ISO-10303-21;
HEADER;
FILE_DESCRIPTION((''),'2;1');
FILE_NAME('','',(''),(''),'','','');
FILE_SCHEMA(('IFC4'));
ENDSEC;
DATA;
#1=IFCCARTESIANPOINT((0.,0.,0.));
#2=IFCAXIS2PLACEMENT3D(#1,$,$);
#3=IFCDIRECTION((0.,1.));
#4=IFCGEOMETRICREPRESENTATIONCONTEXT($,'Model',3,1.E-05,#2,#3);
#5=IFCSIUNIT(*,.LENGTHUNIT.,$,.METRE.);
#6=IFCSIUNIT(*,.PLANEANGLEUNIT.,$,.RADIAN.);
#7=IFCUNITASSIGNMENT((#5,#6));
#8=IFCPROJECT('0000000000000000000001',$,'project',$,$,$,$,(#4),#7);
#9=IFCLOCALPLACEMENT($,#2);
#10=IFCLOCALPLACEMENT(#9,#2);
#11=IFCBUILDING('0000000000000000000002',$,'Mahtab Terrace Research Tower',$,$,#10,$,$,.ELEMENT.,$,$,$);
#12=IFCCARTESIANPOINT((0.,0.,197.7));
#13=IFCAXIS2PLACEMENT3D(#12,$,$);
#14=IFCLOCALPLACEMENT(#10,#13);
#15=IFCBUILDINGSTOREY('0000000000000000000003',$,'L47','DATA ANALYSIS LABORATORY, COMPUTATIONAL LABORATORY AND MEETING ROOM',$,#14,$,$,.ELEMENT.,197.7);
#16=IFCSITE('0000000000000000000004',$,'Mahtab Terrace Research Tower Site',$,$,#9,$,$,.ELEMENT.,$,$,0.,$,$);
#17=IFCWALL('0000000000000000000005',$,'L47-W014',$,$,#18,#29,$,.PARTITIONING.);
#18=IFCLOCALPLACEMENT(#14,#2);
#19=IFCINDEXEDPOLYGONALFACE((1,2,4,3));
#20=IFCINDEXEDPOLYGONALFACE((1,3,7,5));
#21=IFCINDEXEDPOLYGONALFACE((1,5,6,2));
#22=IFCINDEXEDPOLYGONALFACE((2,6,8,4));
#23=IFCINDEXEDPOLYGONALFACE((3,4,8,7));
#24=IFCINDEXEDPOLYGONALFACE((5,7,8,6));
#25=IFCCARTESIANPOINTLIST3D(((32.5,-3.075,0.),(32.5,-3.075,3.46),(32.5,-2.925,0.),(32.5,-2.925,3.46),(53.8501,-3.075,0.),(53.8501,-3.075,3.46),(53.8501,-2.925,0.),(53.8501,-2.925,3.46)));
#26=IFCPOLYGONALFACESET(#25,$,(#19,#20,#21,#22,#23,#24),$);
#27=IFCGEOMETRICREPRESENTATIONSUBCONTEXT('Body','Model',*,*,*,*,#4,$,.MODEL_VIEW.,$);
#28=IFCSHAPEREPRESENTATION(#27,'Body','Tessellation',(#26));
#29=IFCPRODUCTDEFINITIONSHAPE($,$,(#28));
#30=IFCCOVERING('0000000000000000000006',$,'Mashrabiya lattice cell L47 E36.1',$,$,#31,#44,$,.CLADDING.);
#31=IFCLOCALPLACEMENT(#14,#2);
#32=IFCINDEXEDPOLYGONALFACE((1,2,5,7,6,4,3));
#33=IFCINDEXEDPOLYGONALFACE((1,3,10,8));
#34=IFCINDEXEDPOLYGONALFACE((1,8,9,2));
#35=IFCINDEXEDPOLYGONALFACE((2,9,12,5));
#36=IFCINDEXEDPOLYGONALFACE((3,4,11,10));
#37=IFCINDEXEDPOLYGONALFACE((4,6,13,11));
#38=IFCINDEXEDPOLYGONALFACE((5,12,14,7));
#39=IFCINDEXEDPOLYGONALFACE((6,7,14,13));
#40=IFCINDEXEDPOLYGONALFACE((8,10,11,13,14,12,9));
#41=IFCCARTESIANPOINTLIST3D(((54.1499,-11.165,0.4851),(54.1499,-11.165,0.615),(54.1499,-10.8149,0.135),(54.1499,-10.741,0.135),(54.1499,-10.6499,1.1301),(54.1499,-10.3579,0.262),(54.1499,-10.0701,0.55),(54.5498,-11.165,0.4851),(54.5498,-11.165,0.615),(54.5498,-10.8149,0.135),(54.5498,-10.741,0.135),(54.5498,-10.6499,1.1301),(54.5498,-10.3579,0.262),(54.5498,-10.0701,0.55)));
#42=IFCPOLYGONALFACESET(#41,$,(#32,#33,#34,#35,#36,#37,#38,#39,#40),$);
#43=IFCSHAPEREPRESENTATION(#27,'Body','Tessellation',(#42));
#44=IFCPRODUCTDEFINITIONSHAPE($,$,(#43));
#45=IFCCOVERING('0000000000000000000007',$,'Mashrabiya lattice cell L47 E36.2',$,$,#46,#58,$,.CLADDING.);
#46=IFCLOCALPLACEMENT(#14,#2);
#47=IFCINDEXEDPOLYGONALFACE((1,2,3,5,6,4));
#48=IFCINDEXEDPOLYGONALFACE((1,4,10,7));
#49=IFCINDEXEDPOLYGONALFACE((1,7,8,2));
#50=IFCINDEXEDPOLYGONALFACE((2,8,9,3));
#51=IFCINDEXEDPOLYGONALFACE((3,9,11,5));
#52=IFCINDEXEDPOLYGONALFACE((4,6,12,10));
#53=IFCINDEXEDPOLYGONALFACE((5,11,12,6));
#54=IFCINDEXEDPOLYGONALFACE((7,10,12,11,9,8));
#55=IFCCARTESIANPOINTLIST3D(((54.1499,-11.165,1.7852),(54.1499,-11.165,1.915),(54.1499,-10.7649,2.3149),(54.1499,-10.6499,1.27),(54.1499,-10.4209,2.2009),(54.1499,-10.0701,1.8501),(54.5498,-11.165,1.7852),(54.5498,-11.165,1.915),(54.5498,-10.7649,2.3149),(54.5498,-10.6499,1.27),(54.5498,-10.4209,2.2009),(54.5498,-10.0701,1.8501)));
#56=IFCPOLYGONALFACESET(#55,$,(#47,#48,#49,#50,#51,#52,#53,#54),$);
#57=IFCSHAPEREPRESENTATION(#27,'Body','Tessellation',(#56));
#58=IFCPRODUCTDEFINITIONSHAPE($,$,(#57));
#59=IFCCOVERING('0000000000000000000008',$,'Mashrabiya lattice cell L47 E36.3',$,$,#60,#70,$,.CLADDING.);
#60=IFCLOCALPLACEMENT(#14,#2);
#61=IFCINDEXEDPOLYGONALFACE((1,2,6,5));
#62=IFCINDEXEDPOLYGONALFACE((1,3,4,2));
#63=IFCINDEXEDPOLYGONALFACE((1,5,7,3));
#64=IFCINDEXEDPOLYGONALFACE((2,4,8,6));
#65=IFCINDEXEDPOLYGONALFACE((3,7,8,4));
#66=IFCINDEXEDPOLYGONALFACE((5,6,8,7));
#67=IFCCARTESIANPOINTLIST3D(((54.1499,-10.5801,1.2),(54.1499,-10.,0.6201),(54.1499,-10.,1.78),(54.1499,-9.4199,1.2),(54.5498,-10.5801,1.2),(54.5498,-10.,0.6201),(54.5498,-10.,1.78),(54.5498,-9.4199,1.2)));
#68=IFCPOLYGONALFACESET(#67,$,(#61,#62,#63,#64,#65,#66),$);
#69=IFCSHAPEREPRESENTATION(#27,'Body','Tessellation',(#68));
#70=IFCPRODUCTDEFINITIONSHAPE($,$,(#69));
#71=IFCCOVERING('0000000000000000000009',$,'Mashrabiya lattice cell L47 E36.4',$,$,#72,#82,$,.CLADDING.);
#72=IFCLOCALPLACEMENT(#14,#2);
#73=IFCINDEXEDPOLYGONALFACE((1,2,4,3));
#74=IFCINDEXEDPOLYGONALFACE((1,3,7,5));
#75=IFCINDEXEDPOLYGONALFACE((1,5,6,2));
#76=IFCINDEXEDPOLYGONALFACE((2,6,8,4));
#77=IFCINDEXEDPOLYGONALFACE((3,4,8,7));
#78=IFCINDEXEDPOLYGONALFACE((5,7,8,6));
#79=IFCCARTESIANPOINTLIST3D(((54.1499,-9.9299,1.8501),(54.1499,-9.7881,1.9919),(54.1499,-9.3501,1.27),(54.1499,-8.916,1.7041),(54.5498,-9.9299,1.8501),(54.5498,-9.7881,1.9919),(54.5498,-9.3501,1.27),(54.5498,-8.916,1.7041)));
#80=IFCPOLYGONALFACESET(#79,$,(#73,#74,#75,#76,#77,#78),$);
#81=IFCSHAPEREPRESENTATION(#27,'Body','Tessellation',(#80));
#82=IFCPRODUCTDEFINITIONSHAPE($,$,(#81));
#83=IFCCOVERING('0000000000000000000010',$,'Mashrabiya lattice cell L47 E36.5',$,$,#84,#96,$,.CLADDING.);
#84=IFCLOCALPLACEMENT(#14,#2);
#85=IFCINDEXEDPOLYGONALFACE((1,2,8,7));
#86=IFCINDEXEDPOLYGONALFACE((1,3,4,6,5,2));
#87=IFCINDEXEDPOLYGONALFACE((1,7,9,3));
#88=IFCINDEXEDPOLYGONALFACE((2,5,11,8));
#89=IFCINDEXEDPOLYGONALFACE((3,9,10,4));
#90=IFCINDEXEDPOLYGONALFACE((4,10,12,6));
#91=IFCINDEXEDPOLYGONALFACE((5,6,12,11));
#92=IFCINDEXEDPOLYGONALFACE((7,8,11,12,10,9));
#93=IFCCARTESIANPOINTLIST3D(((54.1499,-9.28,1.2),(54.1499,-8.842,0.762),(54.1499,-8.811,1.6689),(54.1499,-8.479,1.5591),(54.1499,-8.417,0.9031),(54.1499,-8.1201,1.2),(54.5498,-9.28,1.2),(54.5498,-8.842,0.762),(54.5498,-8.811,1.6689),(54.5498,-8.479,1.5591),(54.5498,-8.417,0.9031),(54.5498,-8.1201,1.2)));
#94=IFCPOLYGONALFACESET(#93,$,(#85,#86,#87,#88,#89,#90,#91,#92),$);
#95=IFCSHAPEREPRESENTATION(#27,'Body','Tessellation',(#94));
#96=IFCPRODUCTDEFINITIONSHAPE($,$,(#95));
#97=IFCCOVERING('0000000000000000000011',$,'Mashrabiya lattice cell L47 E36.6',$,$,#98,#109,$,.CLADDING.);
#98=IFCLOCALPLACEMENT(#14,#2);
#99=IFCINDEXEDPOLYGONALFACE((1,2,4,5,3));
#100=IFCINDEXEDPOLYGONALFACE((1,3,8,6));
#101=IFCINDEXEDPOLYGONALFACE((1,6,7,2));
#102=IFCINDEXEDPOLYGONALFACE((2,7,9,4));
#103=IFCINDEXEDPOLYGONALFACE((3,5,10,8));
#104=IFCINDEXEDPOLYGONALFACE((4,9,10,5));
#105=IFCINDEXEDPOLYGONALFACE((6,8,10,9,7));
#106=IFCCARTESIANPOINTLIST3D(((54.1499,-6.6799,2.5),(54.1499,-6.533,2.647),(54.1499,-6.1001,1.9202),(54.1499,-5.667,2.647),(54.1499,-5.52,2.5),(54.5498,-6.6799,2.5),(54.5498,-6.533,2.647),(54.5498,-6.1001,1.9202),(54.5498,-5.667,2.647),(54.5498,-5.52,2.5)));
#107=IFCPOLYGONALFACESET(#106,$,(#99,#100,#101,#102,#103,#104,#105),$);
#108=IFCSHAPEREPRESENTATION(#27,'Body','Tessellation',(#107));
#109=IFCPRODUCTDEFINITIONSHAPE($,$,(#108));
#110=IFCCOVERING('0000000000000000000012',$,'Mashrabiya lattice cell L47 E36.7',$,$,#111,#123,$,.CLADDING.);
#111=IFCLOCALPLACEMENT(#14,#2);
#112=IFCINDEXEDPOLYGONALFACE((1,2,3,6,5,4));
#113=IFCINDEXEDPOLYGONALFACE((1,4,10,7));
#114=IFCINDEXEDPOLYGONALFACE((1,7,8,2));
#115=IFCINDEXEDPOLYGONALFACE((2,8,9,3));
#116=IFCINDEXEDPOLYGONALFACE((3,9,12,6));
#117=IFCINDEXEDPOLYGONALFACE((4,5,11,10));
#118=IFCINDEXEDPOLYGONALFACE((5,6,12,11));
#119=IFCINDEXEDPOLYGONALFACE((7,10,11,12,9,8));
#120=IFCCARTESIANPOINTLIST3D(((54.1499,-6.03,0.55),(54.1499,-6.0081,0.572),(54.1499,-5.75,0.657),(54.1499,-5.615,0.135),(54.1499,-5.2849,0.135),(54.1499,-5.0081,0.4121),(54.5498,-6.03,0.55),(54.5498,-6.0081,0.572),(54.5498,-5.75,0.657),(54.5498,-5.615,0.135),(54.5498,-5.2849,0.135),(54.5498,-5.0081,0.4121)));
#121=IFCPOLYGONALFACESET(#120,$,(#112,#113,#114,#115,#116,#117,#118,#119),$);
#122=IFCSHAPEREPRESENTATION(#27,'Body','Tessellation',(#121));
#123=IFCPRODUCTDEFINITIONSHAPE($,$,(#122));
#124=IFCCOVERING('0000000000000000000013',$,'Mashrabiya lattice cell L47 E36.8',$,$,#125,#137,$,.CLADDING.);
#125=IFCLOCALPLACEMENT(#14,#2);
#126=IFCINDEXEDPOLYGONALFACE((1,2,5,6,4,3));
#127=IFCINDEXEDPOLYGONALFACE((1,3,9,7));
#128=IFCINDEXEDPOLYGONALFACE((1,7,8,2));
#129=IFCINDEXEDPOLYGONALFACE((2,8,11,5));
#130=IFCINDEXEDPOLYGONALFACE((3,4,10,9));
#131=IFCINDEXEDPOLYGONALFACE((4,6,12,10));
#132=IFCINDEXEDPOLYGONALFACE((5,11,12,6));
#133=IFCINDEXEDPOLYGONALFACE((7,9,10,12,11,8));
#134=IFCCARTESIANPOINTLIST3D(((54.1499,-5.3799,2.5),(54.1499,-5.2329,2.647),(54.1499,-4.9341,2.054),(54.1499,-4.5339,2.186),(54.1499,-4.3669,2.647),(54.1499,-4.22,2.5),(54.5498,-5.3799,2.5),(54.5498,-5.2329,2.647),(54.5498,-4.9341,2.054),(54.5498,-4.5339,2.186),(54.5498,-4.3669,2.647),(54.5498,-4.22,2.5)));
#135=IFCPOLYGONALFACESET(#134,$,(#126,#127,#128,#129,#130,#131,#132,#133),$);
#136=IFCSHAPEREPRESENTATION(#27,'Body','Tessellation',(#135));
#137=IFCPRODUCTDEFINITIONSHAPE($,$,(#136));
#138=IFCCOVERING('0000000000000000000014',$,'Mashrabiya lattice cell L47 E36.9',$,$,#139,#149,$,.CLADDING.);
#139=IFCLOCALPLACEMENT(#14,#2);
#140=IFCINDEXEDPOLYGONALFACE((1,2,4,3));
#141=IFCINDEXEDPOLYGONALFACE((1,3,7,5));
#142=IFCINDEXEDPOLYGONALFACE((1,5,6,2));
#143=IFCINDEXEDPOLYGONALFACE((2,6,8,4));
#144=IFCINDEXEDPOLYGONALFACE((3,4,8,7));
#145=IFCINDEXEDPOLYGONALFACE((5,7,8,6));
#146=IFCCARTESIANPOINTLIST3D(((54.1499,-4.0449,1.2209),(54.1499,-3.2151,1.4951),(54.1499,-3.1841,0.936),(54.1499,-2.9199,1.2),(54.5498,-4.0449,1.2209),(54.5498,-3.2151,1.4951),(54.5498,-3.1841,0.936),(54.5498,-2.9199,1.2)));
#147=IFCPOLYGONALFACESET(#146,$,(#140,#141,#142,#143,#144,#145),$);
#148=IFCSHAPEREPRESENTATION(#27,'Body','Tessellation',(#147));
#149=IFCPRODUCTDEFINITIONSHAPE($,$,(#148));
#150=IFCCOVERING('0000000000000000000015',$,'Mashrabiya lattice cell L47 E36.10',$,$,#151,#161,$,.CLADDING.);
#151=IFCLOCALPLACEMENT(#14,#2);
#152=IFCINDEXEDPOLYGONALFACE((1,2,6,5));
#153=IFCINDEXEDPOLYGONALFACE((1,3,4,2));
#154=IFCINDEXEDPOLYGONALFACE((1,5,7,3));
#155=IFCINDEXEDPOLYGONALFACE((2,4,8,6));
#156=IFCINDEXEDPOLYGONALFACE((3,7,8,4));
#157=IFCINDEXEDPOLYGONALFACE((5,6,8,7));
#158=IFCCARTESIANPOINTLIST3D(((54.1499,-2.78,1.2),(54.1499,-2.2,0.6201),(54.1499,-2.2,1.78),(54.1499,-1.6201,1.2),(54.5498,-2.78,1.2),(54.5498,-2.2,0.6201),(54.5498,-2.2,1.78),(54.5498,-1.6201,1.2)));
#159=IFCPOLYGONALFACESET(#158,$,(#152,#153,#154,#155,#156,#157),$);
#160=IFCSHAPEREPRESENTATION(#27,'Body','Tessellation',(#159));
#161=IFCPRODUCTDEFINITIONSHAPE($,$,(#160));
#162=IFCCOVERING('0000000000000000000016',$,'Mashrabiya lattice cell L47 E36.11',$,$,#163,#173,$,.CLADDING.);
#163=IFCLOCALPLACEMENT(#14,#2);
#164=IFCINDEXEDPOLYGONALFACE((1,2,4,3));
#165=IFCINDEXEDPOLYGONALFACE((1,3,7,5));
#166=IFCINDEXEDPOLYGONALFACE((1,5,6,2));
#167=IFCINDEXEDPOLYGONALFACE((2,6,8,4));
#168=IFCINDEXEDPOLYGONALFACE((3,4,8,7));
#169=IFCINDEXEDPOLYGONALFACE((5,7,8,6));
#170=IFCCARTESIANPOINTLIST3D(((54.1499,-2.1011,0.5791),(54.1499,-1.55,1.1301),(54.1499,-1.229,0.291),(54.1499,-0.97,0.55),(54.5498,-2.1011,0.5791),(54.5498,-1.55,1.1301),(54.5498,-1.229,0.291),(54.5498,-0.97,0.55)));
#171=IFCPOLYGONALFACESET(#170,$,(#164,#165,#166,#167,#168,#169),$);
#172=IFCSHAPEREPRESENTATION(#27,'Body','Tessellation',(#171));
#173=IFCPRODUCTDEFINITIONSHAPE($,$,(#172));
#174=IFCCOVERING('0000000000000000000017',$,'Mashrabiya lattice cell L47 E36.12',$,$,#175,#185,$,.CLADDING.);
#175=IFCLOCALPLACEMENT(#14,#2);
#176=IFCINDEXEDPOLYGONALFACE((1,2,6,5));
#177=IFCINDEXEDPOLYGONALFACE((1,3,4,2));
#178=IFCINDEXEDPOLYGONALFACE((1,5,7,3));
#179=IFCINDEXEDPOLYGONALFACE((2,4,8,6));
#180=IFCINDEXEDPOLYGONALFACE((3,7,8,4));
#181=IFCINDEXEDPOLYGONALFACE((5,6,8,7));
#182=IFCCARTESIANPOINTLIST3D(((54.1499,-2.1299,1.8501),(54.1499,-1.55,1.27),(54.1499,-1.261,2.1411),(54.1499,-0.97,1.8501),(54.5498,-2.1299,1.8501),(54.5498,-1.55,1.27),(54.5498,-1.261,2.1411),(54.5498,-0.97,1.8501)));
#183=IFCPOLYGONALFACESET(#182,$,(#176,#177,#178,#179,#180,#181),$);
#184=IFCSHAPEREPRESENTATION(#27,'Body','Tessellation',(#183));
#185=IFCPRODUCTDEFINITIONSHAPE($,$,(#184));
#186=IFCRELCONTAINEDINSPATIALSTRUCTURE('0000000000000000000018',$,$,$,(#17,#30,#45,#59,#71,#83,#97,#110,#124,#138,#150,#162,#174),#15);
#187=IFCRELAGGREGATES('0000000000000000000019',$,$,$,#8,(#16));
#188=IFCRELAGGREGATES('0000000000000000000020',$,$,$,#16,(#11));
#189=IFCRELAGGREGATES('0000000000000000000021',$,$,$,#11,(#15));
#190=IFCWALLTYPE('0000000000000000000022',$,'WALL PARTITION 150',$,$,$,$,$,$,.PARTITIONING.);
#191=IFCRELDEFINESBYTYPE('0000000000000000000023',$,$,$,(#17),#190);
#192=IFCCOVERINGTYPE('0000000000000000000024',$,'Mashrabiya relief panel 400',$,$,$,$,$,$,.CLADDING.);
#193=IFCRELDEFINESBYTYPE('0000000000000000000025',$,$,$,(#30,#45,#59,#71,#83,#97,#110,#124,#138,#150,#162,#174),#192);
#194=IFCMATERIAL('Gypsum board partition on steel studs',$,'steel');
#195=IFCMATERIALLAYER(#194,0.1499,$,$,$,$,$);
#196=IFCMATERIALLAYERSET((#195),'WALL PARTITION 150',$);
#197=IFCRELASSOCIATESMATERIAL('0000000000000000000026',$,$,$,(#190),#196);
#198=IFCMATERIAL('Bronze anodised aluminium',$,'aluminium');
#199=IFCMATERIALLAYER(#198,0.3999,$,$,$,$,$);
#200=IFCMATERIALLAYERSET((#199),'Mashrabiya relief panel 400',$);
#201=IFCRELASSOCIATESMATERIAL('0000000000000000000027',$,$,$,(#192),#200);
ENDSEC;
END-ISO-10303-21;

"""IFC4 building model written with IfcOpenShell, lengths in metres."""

from ifc_helpers import new_model, si_unit, direction, frame, frame_2d, origin, place, context, subcontext, project, spatial, polyline, rectangle, outline, extrude, material, layer, layer_set, type_object, element, save


model = new_model("IFC4")

# Units and contexts
model_context = context("Model", 3, precision=1e-05, world=origin(), true_north=direction((0.0, 1.0)))
body_context = subcontext(model_context, "Body", "Model", "MODEL_VIEW")
ifc_project = project(units=[si_unit("LENGTHUNIT", "METRE"), si_unit("PLANEANGLEUNIT", "RADIAN")], contexts=[model_context])

# Site, building, storey
site_placement = place(None, origin())
site = spatial("IfcSite", under=ifc_project, at=site_placement, Name="Mahtab Terrace Research Tower Site", CompositionType="ELEMENT", RefElevation=0.0)
building_placement = place(site_placement, origin())
building = spatial("IfcBuilding", under=site, at=building_placement, Name="Mahtab Terrace Research Tower", CompositionType="ELEMENT")
storey_placement = place(building_placement, frame((0.0, 0.0, 197.7)))
storey = spatial("IfcBuildingStorey", under=building, at=storey_placement, Name="L47", Description="DATA ANALYSIS LABORATORY, COMPUTATIONAL LABORATORY AND MEETING ROOM", CompositionType="ELEMENT", Elevation=197.7)

# Wall
ifc_material_1 = material(Name="Gypsum board partition on steel studs", Category="steel")
ifc_layer_1 = layer(ifc_material_1, 0.1499)
ifc_layer_set_1 = layer_set([ifc_layer_1], Name="WALL PARTITION 150")
wall_type_1 = type_object("IfcWallType", Name="WALL PARTITION 150", PredefinedType="PARTITIONING", material=ifc_layer_set_1)
wall_1_placement = place(storey_placement, frame((32.5, -3.0, 0.0), z_axis=(0.0, 0.0, 1.0), x_axis=(1.0, 0.0, 0.0)))
element("IfcWall", 1, at=wall_1_placement, inside=storey, type_object=wall_type_1, Name="L47-W014", PredefinedType="PARTITIONING", context=body_context, shape_type="SweptSolid", body=[
    extrude(rectangle(XDim=21.3501, YDim=0.1499, at=frame_2d((10.675, 0.0))), origin(), (0.0, 0.0, 1.0), 3.46),
])

# Coverings
ifc_material_2 = material(Name="Bronze anodised aluminium", Category="aluminium")
ifc_layer_2 = layer(ifc_material_2, 0.3999)
ifc_layer_set_2 = layer_set([ifc_layer_2], Name="Mashrabiya relief panel 400")
covering_type = type_object("IfcCoveringType", Name="Mashrabiya relief panel 400", PredefinedType="CLADDING", material=ifc_layer_set_2)
covering_1_placement = place(storey_placement, frame((54.1499, -11.165, 0.4851), z_axis=(-1.0, 0.0, 0.0), x_axis=(0.0, 0.0, 1.0)))
element("IfcCovering", 2, at=covering_1_placement, inside=storey, type_object=covering_type, Name="Mashrabiya lattice cell L47 E36.1", PredefinedType="CLADDING", context=body_context, shape_type="SweptSolid", body=[
    extrude(outline(polyline([(0.0, 0.0), (0.1299, 0.0), (0.645, 0.5151), (0.0649, 1.095), (-0.2231, 0.8071), (-0.3501, 0.4241), (-0.3501, 0.3501), (0.0, 0.0)])), origin(), (0.0, 0.0, -1.0), 0.3999),
])
covering_2_placement = place(storey_placement, frame((54.1499, -10.0701, 1.8501), z_axis=(-1.0, 0.0, 0.0), x_axis=(0.0, -0.706958, -0.707256)))
element("IfcCovering", 3, at=covering_2_placement, inside=storey, type_object=covering_type, Name="Mashrabiya lattice cell L47 E36.2", PredefinedType="CLADDING", context=body_context, shape_type="SweptSolid", body=[
    extrude(outline(polyline([(0.0, 0.0), (0.8202, 0.0), (0.82, 0.7285), (0.7282, 0.8203), (0.1624, 0.82), (-0.0001, 0.4961), (0.0, 0.0)])), origin(), (0.0, 0.0, -1.0), 0.3999),
])
covering_3_placement = place(storey_placement, frame((54.1499, -10.0, 1.78), z_axis=(-1.0, 0.0, 0.0), x_axis=(0.0, 0.707107, -0.707107)))
element("IfcCovering", 4, at=covering_3_placement, inside=storey, type_object=covering_type, Name="Mashrabiya lattice cell L47 E36.3", PredefinedType="CLADDING", context=body_context, shape_type="SweptSolid", body=[
    extrude(outline(polyline([(0.0, 0.0), (0.8204, 0.0), (0.8202, 0.8202), (0.0, 0.8204), (0.0, 0.0)])), origin(), (0.0, 0.0, -1.0), 0.3999),
])
covering_4_placement = place(storey_placement, frame((54.1499, -9.3501, 1.27), z_axis=(-1.0, 0.0, 0.0), x_axis=(0.0, -0.706958, 0.707256)))
element("IfcCovering", 5, at=covering_4_placement, inside=storey, type_object=covering_type, Name="Mashrabiya lattice cell L47 E36.4", PredefinedType="CLADDING", context=body_context, shape_type="SweptSolid", body=[
    extrude(outline(polyline([(0.0, 0.0), (0.8202, 0.0), (0.8202, 0.2006), (0.0001, 0.6139), (0.0, 0.0)])), origin(), (0.0, 0.0, -1.0), 0.3999),
])
covering_5_placement = place(storey_placement, frame((54.1499, -9.28, 1.2), z_axis=(-1.0, 0.0, 0.0), x_axis=(0.0, 0.707107, 0.707107)))
element("IfcCovering", 6, at=covering_5_placement, inside=storey, type_object=covering_type, Name="Mashrabiya lattice cell L47 E36.5", PredefinedType="CLADDING", context=body_context, shape_type="SweptSolid", body=[
    extrude(outline(polyline([(0.0, 0.0), (0.6633, 0.0), (0.8204, 0.3125), (0.8202, 0.8202), (0.4003, 0.8202), (0.0, 0.6194), (0.0, 0.0)])), origin(), (0.0, 0.0, -1.0), 0.3999),
])
covering_6_placement = place(storey_placement, frame((54.1499, -5.52, 2.5), z_axis=(-1.0, 0.0, 0.0), x_axis=(0.0, -0.707256, -0.706958)))
element("IfcCovering", 7, at=covering_6_placement, inside=storey, type_object=covering_type, Name="Mashrabiya lattice cell L47 E36.6", PredefinedType="CLADDING", context=body_context, shape_type="SweptSolid", body=[
    extrude(outline(polyline([(0.0, 0.0), (0.8202, 0.0), (0.8204, 0.82), (0.6125, 0.8201), (0.0, 0.2079), (0.0, 0.0)])), origin(), (0.0, 0.0, -1.0), 0.3999),
])
covering_7_placement = place(storey_placement, frame((54.1499, -6.03, 0.55), z_axis=(-1.0, 0.0, 0.0), x_axis=(0.0, 0.707107, 0.707107)))
element("IfcCovering", 8, at=covering_7_placement, inside=storey, type_object=covering_type, Name="Mashrabiya lattice cell L47 E36.7", PredefinedType="CLADDING", context=body_context, shape_type="SweptSolid", body=[
    extrude(outline(polyline([(0.0, 0.0), (0.0311, 0.0), (0.2736, 0.1224), (0.6251, 0.8202), (0.2334, 0.8204), (0.0, 0.587), (0.0, 0.0)])), origin(), (0.0, 0.0, -1.0), 0.3999),
])
covering_8_placement = place(storey_placement, frame((54.1499, -5.3799, 2.5), z_axis=(-1.0, 0.0, 0.0), x_axis=(0.0, 0.707107, 0.707107)))
element("IfcCovering", 9, at=covering_8_placement, inside=storey, type_object=covering_type, Name="Mashrabiya lattice cell L47 E36.8", PredefinedType="CLADDING", context=body_context, shape_type="SweptSolid", body=[
    extrude(outline(polyline([(0.0, 0.0), (0.2079, 0.0), (0.8202, 0.6123), (0.8202, 0.8202), (0.3762, 0.8202), (-0.0002, 0.6306), (0.0, 0.0)])), origin(), (0.0, 0.0, -1.0), 0.3999),
])
covering_9_placement = place(storey_placement, frame((54.1499, -2.9199, 1.2), z_axis=(-1.0, 0.0, 0.0), x_axis=(0.0, -0.707434, -0.70678)))
element("IfcCovering", 10, at=covering_9_placement, inside=storey, type_object=covering_type, Name="Mashrabiya lattice cell L47 E36.9", PredefinedType="CLADDING", context=body_context, shape_type="SweptSolid", body=[
    extrude(outline(polyline([(0.0, 0.0), (0.3734, 0.0), (0.781, 0.81), (0.0002, 0.4174), (0.0, 0.0)])), origin(), (0.0, 0.0, -1.0), 0.3999),
])
covering_10_placement = place(storey_placement, frame((54.1499, -2.2, 1.78), z_axis=(-1.0, 0.0, 0.0), x_axis=(0.0, 0.706958, -0.707256)))
element("IfcCovering", 11, at=covering_10_placement, inside=storey, type_object=covering_type, Name="Mashrabiya lattice cell L47 E36.10", PredefinedType="CLADDING", context=body_context, shape_type="SweptSolid", body=[
    extrude(outline(polyline([(0.0, 0.0), (0.8202, 0.0), (0.8204, 0.82), (0.0002, 0.8204), (0.0, 0.0)])), origin(), (0.0, 0.0, -1.0), 0.3999),
])
covering_11_placement = place(storey_placement, frame((54.1499, -1.55, 1.1301), z_axis=(-1.0, 0.0, 0.0), x_axis=(0.0, 0.707107, -0.707107)))
element("IfcCovering", 12, at=covering_11_placement, inside=storey, type_object=covering_type, Name="Mashrabiya lattice cell L47 E36.11", PredefinedType="CLADDING", context=body_context, shape_type="SweptSolid", body=[
    extrude(outline(polyline([(0.0, 0.0), (0.8204, 0.0), (0.8204, 0.3663), (0.0, 0.7793), (0.0, 0.0)])), origin(), (0.0, 0.0, -1.0), 0.3999),
])
covering_12_placement = place(storey_placement, frame((54.1499, -0.97, 1.8501), z_axis=(-1.0, 0.0, 0.0), x_axis=(0.0, -0.707107, -0.707107)))
element("IfcCovering", 13, at=covering_12_placement, inside=storey, type_object=covering_type, Name="Mashrabiya lattice cell L47 E36.12", PredefinedType="CLADDING", context=body_context, shape_type="SweptSolid", body=[
    extrude(outline(polyline([(0.0, 0.0), (0.8204, 0.0), (0.8202, 0.8202), (0.0, 0.4116), (0.0, 0.0)])), origin(), (0.0, 0.0, -1.0), 0.3999),
])

save(model, "model.ifc")
